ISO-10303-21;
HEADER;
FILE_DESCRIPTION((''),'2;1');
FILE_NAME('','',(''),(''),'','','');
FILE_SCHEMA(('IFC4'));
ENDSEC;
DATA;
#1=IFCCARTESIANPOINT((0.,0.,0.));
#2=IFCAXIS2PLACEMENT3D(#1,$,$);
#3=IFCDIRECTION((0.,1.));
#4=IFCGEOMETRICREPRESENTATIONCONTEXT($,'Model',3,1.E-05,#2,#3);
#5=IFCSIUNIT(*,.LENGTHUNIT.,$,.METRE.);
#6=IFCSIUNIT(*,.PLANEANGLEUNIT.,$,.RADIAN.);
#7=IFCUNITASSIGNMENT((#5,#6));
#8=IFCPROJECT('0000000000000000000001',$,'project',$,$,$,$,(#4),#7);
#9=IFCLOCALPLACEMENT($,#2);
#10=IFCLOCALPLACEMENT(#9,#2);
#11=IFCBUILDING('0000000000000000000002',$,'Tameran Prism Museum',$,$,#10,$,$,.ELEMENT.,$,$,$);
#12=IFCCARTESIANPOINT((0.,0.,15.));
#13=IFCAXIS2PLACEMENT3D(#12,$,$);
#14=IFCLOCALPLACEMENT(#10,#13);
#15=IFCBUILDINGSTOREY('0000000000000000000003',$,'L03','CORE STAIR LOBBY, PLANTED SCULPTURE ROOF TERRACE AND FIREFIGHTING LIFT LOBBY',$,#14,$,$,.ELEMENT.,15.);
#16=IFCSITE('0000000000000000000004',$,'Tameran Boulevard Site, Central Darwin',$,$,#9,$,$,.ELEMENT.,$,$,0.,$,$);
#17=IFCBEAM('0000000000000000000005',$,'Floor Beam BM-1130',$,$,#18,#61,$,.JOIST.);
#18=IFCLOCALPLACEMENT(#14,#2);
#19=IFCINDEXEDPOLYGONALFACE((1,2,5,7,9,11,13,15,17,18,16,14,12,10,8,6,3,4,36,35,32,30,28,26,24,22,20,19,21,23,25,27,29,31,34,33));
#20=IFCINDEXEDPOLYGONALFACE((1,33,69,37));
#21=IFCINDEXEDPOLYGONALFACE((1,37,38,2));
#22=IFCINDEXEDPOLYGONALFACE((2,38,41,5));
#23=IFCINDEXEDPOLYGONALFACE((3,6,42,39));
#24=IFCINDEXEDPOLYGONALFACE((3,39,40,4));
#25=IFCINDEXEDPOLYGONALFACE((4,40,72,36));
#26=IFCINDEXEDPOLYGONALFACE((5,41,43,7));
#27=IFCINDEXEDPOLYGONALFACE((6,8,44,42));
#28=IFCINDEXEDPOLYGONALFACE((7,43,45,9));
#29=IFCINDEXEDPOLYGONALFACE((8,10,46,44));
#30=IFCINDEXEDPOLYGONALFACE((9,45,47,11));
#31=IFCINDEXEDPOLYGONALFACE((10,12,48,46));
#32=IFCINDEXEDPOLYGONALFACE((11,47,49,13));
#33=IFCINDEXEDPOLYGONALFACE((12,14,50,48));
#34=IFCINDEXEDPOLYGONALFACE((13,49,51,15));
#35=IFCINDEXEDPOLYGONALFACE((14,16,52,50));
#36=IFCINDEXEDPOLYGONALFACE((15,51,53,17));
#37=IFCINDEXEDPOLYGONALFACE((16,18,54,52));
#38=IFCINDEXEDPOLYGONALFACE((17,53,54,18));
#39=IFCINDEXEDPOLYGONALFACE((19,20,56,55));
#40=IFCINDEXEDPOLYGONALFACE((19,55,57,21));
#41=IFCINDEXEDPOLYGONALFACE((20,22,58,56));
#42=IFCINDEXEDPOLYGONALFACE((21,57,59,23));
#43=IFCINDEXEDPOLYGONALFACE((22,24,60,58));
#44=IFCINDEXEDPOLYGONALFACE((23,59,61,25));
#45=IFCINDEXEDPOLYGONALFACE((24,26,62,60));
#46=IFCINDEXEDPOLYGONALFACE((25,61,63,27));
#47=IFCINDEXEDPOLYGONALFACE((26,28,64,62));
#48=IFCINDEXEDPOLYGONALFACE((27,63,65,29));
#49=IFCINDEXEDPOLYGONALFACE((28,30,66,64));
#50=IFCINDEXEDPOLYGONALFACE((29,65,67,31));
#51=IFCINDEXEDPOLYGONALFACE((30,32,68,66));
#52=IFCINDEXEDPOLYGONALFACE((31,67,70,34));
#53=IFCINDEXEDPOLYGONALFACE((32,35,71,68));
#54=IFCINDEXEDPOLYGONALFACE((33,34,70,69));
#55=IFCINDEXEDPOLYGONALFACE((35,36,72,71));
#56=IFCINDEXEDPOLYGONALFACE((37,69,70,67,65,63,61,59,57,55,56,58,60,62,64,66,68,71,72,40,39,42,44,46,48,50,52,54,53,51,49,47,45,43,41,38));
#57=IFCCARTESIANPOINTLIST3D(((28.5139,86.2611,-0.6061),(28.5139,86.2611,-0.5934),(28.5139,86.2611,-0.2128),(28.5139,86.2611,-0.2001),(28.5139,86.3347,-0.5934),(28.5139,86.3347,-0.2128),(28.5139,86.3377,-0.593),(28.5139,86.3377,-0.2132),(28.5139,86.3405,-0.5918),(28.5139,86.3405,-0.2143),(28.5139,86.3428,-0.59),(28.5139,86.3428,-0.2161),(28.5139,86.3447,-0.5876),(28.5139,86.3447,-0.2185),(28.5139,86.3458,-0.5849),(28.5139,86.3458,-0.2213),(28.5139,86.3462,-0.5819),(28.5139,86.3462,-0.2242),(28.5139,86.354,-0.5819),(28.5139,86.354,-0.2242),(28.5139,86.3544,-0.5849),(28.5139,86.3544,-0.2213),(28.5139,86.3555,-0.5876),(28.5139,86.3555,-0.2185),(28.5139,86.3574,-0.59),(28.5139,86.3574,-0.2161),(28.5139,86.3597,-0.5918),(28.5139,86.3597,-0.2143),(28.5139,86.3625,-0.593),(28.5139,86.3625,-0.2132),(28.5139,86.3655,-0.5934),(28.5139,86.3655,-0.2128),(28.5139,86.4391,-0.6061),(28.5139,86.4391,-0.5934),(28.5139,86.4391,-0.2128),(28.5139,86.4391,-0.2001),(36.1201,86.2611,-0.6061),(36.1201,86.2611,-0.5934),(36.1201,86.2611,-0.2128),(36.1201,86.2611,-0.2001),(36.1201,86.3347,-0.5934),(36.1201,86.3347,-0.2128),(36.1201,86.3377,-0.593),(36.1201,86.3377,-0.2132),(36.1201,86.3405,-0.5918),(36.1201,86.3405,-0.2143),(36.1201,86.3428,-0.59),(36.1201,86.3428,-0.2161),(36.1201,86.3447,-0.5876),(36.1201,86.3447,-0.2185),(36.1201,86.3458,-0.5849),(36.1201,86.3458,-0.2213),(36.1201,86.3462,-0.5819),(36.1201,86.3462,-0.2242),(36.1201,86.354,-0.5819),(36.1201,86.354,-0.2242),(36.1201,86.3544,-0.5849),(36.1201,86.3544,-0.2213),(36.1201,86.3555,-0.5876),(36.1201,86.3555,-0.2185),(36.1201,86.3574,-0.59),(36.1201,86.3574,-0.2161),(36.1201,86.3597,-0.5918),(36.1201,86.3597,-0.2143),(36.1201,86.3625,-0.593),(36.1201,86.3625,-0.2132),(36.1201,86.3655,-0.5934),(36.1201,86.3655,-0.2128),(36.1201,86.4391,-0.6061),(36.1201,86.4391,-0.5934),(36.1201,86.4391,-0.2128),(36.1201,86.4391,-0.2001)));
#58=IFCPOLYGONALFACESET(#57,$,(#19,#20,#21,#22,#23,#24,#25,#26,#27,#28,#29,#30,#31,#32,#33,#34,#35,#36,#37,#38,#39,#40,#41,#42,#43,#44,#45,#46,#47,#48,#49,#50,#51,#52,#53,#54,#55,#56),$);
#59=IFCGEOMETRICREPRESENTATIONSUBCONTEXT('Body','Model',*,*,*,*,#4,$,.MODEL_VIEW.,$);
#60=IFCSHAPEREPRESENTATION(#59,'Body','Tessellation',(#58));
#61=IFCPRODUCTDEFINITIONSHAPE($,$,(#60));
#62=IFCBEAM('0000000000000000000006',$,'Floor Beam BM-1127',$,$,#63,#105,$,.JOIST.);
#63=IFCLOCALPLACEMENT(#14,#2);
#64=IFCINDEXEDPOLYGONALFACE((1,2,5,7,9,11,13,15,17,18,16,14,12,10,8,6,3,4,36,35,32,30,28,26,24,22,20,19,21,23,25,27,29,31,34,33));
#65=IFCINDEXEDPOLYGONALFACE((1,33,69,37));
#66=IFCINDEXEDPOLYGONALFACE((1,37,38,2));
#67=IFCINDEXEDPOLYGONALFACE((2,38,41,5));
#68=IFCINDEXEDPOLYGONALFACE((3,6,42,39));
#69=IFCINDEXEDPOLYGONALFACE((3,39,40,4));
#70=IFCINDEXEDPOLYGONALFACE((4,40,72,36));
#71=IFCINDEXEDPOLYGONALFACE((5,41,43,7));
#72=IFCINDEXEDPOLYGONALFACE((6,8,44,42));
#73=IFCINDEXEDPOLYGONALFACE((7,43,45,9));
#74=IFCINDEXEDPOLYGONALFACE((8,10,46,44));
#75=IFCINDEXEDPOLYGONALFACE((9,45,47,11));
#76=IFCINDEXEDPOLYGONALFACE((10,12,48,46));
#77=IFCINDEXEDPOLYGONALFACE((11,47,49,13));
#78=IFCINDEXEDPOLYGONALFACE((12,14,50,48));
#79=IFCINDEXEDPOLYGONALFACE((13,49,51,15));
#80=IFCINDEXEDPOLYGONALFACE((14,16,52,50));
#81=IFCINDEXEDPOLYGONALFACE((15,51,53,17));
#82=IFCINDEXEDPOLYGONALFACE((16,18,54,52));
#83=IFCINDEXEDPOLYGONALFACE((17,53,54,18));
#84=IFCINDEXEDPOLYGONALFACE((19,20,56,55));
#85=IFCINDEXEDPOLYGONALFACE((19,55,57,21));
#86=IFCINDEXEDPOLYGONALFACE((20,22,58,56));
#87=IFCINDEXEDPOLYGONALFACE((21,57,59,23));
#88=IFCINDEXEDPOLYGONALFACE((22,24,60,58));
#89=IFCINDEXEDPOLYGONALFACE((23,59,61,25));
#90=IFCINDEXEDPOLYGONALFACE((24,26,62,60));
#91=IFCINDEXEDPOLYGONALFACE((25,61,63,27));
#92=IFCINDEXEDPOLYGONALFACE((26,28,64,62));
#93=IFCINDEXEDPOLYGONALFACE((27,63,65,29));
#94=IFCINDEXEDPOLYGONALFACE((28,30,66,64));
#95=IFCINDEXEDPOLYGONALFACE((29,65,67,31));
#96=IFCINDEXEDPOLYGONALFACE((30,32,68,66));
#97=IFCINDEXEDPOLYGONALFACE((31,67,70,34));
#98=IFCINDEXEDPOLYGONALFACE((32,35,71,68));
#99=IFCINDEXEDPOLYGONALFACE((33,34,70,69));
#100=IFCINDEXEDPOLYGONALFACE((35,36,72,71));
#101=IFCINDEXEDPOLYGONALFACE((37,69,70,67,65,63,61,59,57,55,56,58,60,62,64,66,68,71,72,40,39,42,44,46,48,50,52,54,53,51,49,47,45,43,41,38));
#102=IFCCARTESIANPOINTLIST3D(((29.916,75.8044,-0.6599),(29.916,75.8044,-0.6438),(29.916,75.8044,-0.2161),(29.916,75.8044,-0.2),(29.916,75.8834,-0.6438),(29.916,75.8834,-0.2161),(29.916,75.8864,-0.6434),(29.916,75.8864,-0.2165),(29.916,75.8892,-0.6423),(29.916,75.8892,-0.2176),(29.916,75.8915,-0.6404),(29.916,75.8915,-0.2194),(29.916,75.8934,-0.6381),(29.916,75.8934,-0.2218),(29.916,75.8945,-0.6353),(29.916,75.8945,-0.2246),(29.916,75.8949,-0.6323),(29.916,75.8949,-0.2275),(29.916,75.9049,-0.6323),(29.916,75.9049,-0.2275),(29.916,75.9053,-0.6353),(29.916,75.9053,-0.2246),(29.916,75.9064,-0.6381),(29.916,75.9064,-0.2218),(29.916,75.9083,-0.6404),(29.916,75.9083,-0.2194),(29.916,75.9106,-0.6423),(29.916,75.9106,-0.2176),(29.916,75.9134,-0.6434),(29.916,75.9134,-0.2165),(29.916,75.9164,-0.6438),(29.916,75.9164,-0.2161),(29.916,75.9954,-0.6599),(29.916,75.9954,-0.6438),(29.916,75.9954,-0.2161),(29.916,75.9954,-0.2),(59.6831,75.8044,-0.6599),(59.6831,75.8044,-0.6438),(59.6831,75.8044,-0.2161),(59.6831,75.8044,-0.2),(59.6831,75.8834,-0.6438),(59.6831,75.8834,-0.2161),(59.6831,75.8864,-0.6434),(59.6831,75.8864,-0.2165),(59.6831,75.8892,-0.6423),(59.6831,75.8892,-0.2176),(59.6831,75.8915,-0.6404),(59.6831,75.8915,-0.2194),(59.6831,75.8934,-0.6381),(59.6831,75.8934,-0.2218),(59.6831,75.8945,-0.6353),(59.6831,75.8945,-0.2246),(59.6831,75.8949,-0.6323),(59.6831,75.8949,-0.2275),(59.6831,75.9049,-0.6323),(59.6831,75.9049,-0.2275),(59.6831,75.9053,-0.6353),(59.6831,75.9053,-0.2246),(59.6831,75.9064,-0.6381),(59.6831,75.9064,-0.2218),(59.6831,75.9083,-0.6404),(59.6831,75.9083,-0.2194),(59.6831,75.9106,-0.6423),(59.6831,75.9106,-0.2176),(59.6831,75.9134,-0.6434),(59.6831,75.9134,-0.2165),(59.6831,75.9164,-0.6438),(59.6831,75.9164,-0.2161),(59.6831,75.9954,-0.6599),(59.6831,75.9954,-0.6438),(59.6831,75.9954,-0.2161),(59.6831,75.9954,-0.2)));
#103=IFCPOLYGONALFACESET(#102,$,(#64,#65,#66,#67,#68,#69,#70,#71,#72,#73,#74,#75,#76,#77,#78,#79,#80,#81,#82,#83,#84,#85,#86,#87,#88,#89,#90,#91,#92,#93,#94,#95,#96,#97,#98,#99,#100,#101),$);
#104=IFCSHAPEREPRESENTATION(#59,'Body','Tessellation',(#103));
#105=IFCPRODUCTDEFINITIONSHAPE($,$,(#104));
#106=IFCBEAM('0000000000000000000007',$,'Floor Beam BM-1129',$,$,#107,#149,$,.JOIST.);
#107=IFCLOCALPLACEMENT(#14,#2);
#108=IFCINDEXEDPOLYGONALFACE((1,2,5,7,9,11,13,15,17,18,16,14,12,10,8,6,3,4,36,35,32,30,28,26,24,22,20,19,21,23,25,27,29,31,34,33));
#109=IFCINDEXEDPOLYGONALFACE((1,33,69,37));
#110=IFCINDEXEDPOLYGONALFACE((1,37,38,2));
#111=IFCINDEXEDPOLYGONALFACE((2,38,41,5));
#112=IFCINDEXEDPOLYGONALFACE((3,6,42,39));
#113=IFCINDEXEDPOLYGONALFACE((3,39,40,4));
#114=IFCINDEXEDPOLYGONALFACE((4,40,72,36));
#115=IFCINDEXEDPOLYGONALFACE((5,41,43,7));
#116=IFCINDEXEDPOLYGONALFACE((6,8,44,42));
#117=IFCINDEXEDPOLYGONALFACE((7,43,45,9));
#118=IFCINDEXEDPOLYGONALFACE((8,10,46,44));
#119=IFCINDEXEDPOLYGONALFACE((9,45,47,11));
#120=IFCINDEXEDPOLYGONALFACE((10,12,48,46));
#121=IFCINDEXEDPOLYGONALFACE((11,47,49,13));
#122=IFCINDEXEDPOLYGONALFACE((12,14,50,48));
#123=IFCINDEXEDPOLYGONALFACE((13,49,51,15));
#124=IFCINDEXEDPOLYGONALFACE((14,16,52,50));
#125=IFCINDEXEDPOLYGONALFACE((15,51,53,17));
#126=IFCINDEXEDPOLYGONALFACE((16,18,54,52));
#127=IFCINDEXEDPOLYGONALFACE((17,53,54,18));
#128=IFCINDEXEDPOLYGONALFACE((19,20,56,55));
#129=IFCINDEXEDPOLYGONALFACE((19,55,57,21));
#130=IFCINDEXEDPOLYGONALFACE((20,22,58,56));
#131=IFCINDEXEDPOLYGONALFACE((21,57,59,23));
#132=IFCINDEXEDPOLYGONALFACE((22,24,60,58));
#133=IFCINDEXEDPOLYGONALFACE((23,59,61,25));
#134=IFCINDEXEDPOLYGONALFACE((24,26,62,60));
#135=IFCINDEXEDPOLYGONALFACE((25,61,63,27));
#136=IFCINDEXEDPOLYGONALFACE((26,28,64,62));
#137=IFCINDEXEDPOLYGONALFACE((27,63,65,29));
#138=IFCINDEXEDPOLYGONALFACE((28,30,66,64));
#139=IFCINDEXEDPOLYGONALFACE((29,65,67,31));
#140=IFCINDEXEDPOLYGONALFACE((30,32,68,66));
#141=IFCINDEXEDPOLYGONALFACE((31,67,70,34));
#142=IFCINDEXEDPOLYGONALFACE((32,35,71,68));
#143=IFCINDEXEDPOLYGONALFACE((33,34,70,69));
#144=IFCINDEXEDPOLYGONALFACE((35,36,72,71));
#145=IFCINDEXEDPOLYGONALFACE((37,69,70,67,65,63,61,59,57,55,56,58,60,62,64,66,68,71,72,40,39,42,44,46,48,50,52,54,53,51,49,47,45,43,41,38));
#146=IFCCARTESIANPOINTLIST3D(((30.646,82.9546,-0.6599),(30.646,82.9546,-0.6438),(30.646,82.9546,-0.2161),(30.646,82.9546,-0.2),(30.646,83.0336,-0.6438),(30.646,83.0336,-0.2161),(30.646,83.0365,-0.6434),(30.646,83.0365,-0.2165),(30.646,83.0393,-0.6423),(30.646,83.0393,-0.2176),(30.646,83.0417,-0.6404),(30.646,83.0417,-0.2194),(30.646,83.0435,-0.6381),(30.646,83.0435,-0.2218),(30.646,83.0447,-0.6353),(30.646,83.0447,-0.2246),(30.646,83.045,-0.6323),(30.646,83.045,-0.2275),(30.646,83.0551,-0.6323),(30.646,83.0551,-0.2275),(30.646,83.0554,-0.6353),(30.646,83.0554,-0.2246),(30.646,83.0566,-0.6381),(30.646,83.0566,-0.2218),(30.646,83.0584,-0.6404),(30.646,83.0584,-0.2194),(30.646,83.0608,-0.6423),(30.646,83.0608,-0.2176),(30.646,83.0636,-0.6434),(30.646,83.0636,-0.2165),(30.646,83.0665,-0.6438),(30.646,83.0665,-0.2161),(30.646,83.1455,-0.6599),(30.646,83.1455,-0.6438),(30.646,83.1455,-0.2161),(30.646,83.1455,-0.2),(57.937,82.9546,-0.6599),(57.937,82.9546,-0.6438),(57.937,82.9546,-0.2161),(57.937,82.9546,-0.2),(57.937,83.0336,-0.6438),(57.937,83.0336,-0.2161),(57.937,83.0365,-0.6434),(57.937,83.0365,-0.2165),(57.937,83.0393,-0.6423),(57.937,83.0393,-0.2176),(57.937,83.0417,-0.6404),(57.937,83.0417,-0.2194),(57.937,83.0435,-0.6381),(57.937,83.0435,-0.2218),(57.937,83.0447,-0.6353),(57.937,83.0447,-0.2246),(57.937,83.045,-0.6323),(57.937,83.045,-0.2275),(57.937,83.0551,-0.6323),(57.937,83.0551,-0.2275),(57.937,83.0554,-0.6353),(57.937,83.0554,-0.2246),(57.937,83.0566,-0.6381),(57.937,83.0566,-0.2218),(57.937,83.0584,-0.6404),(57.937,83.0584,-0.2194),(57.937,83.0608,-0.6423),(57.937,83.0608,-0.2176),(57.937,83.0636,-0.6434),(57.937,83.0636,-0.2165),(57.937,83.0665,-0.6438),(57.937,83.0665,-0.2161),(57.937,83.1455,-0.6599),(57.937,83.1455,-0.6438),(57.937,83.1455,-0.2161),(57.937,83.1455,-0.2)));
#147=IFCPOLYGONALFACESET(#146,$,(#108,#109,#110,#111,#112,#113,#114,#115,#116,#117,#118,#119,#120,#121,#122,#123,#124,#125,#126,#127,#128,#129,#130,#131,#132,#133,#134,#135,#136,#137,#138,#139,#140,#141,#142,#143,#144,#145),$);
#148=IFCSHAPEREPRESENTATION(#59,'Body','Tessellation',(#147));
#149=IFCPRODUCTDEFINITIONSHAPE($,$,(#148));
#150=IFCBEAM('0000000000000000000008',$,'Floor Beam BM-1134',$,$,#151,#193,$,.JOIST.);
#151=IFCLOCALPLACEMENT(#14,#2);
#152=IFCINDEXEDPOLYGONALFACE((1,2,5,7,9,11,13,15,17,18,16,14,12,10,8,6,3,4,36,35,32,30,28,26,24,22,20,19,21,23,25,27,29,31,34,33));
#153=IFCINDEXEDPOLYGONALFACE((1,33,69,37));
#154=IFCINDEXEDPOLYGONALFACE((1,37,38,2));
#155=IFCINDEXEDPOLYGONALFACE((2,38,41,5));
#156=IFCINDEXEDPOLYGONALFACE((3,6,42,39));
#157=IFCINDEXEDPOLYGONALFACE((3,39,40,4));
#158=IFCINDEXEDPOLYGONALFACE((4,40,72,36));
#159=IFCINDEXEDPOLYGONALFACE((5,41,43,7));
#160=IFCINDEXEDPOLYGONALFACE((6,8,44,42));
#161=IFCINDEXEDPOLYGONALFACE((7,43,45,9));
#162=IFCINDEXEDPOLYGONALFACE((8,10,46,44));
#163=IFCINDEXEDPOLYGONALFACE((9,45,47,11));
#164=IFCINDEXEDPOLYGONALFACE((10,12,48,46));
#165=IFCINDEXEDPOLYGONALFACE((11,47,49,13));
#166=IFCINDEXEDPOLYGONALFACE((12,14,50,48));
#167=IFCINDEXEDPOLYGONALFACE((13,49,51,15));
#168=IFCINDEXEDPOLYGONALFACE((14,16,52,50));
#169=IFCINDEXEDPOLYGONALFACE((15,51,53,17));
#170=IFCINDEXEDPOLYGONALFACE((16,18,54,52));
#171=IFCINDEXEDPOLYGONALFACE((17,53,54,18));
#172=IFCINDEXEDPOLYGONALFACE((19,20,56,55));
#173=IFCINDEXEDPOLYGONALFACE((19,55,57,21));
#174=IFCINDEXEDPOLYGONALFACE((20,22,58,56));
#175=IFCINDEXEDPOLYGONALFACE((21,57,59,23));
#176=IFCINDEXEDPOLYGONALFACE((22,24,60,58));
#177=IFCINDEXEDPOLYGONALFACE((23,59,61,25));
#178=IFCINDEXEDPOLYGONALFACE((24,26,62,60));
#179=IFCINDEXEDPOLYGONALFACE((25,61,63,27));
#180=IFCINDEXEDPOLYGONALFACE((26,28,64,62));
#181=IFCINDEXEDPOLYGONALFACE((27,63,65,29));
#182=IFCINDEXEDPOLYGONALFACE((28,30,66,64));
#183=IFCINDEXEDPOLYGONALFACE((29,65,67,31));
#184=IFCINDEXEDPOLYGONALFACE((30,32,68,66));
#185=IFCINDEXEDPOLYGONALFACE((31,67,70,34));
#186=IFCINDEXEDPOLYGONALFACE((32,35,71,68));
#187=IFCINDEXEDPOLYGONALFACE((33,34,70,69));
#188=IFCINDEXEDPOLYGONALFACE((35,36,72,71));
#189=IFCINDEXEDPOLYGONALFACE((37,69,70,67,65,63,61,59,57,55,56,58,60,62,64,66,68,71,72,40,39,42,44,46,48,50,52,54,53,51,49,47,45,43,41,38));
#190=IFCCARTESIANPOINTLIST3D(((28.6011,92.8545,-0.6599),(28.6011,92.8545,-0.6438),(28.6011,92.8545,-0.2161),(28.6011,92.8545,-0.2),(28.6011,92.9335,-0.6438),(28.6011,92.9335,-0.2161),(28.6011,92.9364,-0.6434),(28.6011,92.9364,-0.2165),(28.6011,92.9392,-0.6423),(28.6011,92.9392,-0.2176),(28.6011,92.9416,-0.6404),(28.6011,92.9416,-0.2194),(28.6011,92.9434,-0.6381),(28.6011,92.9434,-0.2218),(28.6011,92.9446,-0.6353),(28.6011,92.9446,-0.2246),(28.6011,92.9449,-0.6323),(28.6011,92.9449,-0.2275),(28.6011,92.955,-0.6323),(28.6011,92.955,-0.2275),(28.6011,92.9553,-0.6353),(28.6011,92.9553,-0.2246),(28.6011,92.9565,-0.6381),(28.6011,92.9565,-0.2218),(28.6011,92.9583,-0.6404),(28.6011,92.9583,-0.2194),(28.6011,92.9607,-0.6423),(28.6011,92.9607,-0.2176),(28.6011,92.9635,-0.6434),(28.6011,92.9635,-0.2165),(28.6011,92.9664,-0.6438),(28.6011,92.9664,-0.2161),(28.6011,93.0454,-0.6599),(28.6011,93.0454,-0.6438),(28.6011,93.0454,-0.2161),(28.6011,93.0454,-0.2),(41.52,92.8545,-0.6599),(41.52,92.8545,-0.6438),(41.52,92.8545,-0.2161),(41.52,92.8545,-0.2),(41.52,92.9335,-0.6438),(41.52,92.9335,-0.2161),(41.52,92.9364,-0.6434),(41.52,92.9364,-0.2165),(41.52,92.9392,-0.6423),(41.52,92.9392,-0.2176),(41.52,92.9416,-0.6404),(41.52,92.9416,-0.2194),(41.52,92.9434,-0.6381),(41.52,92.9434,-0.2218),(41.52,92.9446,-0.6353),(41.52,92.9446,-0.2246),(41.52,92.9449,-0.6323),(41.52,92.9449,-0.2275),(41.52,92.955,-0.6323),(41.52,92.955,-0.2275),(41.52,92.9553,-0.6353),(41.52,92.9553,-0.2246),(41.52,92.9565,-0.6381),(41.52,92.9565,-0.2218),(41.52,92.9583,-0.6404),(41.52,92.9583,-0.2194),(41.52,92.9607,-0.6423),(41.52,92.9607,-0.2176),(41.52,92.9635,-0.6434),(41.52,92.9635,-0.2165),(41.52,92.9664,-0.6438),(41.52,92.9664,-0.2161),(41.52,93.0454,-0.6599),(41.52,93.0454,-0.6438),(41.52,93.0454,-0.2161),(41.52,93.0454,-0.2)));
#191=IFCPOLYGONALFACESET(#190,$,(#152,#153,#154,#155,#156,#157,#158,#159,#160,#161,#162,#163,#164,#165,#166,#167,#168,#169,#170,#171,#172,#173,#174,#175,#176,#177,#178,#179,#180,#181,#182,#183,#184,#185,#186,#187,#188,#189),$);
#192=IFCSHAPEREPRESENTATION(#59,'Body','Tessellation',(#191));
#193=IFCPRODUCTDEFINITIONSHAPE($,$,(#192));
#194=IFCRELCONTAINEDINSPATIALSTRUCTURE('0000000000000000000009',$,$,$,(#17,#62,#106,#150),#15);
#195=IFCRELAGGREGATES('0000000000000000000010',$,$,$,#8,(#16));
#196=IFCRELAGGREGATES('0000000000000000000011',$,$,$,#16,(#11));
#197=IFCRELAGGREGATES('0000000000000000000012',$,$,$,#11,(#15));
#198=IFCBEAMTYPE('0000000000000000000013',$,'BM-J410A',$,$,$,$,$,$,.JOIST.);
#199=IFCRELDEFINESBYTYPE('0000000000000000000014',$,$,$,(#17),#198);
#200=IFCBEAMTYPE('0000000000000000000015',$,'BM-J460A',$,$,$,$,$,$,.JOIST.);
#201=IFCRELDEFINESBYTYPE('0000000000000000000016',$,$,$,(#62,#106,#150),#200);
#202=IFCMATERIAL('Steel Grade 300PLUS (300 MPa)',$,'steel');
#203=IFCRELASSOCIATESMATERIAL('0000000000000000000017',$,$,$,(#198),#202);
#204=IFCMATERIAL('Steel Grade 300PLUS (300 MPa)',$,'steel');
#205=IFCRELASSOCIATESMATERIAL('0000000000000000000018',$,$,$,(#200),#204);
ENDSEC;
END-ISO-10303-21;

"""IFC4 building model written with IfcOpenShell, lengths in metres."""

from ifc_helpers import new_model, si_unit, direction, frame, origin, origin_2d, place, context, subcontext, project, spatial, i_section, extrude, material, material_profile, profile_set, type_object, element, save


model = new_model("IFC4")

# Units and contexts
model_context = context("Model", 3, precision=1e-05, world=origin(), true_north=direction((0.0, 1.0)))
body_context = subcontext(model_context, "Body", "Model", "MODEL_VIEW")
ifc_project = project(units=[si_unit("LENGTHUNIT", "METRE"), si_unit("PLANEANGLEUNIT", "RADIAN")], contexts=[model_context])

# Site, building, storey
site_placement = place(None, origin())
site = spatial("IfcSite", under=ifc_project, at=site_placement, Name="Tameran Boulevard Site, Central Darwin", CompositionType="ELEMENT", RefElevation=0.0)
building_placement = place(site_placement, origin())
building = spatial("IfcBuilding", under=site, at=building_placement, Name="Tameran Prism Museum", CompositionType="ELEMENT")
storey_placement = place(building_placement, frame((0.0, 0.0, 15.0)))
storey = spatial("IfcBuildingStorey", under=building, at=storey_placement, Name="L03", Description="CORE STAIR LOBBY, PLANTED SCULPTURE ROOF TERRACE AND FIREFIGHTING LIFT LOBBY", CompositionType="ELEMENT", Elevation=15.0)

# Beams
ifc_material_1 = material(Name="Steel Grade 300PLUS (300 MPa)", Category="steel")
ifc_material_profile_1 = material_profile(ifc_material_1, i_section(OverallWidth=0.178, OverallDepth=0.406, WebThickness=0.0078, FlangeThickness=0.0127, FilletRadius=0.0115, at=origin_2d()))
ifc_profile_set_1 = profile_set([ifc_material_profile_1])
beam_type_1 = type_object("IfcBeamType", Name="BM-J410A", PredefinedType="JOIST", material=ifc_profile_set_1)
beam_1_placement = place(storey_placement, frame((28.5139, 86.3501, -0.4031), z_axis=(1.0, 0.0, 0.0), x_axis=(0.0, 1.0, 0.0)))
element("IfcBeam", 1, at=beam_1_placement, inside=storey, type_object=beam_type_1, Name="Floor Beam BM-1130", PredefinedType="JOIST", context=body_context, shape_type="SweptSolid", body=[
    extrude(i_section(OverallWidth=0.178, OverallDepth=0.406, WebThickness=0.0078, FlangeThickness=0.0127, FilletRadius=0.0115, at=origin_2d()), origin(), (0.0, 0.0, 1.0), 7.6062),
])
ifc_material_2 = material(Name="Steel Grade 300PLUS (300 MPa)", Category="steel")
ifc_material_profile_2 = material_profile(ifc_material_2, i_section(OverallWidth=0.1909, OverallDepth=0.46, WebThickness=0.01, FlangeThickness=0.0161, FilletRadius=0.0115, at=origin_2d()))
ifc_profile_set_2 = profile_set([ifc_material_profile_2])
beam_type_2 = type_object("IfcBeamType", Name="BM-J460A", PredefinedType="JOIST", material=ifc_profile_set_2)
beam_2_placement = place(storey_placement, frame((29.916, 75.8999, -0.4299), z_axis=(1.0, 0.0, 0.0), x_axis=(0.0, 1.0, 0.0)))
element("IfcBeam", 2, at=beam_2_placement, inside=storey, type_object=beam_type_2, Name="Floor Beam BM-1127", PredefinedType="JOIST", context=body_context, shape_type="SweptSolid", body=[
    extrude(i_section(OverallWidth=0.1909, OverallDepth=0.46, WebThickness=0.01, FlangeThickness=0.0161, FilletRadius=0.0115, at=origin_2d()), origin(), (0.0, 0.0, 1.0), 29.7671),
])
beam_3_placement = place(storey_placement, frame((30.646, 83.05, -0.4299), z_axis=(1.0, 0.0, 0.0), x_axis=(0.0, 1.0, 0.0)))
element("IfcBeam", 3, at=beam_3_placement, inside=storey, type_object=beam_type_2, Name="Floor Beam BM-1129", PredefinedType="JOIST", context=body_context, shape_type="SweptSolid", body=[
    extrude(i_section(OverallWidth=0.1909, OverallDepth=0.46, WebThickness=0.01, FlangeThickness=0.0161, FilletRadius=0.0115, at=origin_2d()), origin(), (0.0, 0.0, 1.0), 27.291),
])
beam_4_placement = place(storey_placement, frame((28.6011, 92.95, -0.4299), z_axis=(1.0, 0.0, 0.0), x_axis=(0.0, 1.0, 0.0)))
element("IfcBeam", 4, at=beam_4_placement, inside=storey, type_object=beam_type_2, Name="Floor Beam BM-1134", PredefinedType="JOIST", context=body_context, shape_type="SweptSolid", body=[
    extrude(i_section(OverallWidth=0.1909, OverallDepth=0.46, WebThickness=0.01, FlangeThickness=0.0161, FilletRadius=0.0115, at=origin_2d()), origin(), (0.0, 0.0, 1.0), 12.9189),
])

save(model, "model.ifc")
